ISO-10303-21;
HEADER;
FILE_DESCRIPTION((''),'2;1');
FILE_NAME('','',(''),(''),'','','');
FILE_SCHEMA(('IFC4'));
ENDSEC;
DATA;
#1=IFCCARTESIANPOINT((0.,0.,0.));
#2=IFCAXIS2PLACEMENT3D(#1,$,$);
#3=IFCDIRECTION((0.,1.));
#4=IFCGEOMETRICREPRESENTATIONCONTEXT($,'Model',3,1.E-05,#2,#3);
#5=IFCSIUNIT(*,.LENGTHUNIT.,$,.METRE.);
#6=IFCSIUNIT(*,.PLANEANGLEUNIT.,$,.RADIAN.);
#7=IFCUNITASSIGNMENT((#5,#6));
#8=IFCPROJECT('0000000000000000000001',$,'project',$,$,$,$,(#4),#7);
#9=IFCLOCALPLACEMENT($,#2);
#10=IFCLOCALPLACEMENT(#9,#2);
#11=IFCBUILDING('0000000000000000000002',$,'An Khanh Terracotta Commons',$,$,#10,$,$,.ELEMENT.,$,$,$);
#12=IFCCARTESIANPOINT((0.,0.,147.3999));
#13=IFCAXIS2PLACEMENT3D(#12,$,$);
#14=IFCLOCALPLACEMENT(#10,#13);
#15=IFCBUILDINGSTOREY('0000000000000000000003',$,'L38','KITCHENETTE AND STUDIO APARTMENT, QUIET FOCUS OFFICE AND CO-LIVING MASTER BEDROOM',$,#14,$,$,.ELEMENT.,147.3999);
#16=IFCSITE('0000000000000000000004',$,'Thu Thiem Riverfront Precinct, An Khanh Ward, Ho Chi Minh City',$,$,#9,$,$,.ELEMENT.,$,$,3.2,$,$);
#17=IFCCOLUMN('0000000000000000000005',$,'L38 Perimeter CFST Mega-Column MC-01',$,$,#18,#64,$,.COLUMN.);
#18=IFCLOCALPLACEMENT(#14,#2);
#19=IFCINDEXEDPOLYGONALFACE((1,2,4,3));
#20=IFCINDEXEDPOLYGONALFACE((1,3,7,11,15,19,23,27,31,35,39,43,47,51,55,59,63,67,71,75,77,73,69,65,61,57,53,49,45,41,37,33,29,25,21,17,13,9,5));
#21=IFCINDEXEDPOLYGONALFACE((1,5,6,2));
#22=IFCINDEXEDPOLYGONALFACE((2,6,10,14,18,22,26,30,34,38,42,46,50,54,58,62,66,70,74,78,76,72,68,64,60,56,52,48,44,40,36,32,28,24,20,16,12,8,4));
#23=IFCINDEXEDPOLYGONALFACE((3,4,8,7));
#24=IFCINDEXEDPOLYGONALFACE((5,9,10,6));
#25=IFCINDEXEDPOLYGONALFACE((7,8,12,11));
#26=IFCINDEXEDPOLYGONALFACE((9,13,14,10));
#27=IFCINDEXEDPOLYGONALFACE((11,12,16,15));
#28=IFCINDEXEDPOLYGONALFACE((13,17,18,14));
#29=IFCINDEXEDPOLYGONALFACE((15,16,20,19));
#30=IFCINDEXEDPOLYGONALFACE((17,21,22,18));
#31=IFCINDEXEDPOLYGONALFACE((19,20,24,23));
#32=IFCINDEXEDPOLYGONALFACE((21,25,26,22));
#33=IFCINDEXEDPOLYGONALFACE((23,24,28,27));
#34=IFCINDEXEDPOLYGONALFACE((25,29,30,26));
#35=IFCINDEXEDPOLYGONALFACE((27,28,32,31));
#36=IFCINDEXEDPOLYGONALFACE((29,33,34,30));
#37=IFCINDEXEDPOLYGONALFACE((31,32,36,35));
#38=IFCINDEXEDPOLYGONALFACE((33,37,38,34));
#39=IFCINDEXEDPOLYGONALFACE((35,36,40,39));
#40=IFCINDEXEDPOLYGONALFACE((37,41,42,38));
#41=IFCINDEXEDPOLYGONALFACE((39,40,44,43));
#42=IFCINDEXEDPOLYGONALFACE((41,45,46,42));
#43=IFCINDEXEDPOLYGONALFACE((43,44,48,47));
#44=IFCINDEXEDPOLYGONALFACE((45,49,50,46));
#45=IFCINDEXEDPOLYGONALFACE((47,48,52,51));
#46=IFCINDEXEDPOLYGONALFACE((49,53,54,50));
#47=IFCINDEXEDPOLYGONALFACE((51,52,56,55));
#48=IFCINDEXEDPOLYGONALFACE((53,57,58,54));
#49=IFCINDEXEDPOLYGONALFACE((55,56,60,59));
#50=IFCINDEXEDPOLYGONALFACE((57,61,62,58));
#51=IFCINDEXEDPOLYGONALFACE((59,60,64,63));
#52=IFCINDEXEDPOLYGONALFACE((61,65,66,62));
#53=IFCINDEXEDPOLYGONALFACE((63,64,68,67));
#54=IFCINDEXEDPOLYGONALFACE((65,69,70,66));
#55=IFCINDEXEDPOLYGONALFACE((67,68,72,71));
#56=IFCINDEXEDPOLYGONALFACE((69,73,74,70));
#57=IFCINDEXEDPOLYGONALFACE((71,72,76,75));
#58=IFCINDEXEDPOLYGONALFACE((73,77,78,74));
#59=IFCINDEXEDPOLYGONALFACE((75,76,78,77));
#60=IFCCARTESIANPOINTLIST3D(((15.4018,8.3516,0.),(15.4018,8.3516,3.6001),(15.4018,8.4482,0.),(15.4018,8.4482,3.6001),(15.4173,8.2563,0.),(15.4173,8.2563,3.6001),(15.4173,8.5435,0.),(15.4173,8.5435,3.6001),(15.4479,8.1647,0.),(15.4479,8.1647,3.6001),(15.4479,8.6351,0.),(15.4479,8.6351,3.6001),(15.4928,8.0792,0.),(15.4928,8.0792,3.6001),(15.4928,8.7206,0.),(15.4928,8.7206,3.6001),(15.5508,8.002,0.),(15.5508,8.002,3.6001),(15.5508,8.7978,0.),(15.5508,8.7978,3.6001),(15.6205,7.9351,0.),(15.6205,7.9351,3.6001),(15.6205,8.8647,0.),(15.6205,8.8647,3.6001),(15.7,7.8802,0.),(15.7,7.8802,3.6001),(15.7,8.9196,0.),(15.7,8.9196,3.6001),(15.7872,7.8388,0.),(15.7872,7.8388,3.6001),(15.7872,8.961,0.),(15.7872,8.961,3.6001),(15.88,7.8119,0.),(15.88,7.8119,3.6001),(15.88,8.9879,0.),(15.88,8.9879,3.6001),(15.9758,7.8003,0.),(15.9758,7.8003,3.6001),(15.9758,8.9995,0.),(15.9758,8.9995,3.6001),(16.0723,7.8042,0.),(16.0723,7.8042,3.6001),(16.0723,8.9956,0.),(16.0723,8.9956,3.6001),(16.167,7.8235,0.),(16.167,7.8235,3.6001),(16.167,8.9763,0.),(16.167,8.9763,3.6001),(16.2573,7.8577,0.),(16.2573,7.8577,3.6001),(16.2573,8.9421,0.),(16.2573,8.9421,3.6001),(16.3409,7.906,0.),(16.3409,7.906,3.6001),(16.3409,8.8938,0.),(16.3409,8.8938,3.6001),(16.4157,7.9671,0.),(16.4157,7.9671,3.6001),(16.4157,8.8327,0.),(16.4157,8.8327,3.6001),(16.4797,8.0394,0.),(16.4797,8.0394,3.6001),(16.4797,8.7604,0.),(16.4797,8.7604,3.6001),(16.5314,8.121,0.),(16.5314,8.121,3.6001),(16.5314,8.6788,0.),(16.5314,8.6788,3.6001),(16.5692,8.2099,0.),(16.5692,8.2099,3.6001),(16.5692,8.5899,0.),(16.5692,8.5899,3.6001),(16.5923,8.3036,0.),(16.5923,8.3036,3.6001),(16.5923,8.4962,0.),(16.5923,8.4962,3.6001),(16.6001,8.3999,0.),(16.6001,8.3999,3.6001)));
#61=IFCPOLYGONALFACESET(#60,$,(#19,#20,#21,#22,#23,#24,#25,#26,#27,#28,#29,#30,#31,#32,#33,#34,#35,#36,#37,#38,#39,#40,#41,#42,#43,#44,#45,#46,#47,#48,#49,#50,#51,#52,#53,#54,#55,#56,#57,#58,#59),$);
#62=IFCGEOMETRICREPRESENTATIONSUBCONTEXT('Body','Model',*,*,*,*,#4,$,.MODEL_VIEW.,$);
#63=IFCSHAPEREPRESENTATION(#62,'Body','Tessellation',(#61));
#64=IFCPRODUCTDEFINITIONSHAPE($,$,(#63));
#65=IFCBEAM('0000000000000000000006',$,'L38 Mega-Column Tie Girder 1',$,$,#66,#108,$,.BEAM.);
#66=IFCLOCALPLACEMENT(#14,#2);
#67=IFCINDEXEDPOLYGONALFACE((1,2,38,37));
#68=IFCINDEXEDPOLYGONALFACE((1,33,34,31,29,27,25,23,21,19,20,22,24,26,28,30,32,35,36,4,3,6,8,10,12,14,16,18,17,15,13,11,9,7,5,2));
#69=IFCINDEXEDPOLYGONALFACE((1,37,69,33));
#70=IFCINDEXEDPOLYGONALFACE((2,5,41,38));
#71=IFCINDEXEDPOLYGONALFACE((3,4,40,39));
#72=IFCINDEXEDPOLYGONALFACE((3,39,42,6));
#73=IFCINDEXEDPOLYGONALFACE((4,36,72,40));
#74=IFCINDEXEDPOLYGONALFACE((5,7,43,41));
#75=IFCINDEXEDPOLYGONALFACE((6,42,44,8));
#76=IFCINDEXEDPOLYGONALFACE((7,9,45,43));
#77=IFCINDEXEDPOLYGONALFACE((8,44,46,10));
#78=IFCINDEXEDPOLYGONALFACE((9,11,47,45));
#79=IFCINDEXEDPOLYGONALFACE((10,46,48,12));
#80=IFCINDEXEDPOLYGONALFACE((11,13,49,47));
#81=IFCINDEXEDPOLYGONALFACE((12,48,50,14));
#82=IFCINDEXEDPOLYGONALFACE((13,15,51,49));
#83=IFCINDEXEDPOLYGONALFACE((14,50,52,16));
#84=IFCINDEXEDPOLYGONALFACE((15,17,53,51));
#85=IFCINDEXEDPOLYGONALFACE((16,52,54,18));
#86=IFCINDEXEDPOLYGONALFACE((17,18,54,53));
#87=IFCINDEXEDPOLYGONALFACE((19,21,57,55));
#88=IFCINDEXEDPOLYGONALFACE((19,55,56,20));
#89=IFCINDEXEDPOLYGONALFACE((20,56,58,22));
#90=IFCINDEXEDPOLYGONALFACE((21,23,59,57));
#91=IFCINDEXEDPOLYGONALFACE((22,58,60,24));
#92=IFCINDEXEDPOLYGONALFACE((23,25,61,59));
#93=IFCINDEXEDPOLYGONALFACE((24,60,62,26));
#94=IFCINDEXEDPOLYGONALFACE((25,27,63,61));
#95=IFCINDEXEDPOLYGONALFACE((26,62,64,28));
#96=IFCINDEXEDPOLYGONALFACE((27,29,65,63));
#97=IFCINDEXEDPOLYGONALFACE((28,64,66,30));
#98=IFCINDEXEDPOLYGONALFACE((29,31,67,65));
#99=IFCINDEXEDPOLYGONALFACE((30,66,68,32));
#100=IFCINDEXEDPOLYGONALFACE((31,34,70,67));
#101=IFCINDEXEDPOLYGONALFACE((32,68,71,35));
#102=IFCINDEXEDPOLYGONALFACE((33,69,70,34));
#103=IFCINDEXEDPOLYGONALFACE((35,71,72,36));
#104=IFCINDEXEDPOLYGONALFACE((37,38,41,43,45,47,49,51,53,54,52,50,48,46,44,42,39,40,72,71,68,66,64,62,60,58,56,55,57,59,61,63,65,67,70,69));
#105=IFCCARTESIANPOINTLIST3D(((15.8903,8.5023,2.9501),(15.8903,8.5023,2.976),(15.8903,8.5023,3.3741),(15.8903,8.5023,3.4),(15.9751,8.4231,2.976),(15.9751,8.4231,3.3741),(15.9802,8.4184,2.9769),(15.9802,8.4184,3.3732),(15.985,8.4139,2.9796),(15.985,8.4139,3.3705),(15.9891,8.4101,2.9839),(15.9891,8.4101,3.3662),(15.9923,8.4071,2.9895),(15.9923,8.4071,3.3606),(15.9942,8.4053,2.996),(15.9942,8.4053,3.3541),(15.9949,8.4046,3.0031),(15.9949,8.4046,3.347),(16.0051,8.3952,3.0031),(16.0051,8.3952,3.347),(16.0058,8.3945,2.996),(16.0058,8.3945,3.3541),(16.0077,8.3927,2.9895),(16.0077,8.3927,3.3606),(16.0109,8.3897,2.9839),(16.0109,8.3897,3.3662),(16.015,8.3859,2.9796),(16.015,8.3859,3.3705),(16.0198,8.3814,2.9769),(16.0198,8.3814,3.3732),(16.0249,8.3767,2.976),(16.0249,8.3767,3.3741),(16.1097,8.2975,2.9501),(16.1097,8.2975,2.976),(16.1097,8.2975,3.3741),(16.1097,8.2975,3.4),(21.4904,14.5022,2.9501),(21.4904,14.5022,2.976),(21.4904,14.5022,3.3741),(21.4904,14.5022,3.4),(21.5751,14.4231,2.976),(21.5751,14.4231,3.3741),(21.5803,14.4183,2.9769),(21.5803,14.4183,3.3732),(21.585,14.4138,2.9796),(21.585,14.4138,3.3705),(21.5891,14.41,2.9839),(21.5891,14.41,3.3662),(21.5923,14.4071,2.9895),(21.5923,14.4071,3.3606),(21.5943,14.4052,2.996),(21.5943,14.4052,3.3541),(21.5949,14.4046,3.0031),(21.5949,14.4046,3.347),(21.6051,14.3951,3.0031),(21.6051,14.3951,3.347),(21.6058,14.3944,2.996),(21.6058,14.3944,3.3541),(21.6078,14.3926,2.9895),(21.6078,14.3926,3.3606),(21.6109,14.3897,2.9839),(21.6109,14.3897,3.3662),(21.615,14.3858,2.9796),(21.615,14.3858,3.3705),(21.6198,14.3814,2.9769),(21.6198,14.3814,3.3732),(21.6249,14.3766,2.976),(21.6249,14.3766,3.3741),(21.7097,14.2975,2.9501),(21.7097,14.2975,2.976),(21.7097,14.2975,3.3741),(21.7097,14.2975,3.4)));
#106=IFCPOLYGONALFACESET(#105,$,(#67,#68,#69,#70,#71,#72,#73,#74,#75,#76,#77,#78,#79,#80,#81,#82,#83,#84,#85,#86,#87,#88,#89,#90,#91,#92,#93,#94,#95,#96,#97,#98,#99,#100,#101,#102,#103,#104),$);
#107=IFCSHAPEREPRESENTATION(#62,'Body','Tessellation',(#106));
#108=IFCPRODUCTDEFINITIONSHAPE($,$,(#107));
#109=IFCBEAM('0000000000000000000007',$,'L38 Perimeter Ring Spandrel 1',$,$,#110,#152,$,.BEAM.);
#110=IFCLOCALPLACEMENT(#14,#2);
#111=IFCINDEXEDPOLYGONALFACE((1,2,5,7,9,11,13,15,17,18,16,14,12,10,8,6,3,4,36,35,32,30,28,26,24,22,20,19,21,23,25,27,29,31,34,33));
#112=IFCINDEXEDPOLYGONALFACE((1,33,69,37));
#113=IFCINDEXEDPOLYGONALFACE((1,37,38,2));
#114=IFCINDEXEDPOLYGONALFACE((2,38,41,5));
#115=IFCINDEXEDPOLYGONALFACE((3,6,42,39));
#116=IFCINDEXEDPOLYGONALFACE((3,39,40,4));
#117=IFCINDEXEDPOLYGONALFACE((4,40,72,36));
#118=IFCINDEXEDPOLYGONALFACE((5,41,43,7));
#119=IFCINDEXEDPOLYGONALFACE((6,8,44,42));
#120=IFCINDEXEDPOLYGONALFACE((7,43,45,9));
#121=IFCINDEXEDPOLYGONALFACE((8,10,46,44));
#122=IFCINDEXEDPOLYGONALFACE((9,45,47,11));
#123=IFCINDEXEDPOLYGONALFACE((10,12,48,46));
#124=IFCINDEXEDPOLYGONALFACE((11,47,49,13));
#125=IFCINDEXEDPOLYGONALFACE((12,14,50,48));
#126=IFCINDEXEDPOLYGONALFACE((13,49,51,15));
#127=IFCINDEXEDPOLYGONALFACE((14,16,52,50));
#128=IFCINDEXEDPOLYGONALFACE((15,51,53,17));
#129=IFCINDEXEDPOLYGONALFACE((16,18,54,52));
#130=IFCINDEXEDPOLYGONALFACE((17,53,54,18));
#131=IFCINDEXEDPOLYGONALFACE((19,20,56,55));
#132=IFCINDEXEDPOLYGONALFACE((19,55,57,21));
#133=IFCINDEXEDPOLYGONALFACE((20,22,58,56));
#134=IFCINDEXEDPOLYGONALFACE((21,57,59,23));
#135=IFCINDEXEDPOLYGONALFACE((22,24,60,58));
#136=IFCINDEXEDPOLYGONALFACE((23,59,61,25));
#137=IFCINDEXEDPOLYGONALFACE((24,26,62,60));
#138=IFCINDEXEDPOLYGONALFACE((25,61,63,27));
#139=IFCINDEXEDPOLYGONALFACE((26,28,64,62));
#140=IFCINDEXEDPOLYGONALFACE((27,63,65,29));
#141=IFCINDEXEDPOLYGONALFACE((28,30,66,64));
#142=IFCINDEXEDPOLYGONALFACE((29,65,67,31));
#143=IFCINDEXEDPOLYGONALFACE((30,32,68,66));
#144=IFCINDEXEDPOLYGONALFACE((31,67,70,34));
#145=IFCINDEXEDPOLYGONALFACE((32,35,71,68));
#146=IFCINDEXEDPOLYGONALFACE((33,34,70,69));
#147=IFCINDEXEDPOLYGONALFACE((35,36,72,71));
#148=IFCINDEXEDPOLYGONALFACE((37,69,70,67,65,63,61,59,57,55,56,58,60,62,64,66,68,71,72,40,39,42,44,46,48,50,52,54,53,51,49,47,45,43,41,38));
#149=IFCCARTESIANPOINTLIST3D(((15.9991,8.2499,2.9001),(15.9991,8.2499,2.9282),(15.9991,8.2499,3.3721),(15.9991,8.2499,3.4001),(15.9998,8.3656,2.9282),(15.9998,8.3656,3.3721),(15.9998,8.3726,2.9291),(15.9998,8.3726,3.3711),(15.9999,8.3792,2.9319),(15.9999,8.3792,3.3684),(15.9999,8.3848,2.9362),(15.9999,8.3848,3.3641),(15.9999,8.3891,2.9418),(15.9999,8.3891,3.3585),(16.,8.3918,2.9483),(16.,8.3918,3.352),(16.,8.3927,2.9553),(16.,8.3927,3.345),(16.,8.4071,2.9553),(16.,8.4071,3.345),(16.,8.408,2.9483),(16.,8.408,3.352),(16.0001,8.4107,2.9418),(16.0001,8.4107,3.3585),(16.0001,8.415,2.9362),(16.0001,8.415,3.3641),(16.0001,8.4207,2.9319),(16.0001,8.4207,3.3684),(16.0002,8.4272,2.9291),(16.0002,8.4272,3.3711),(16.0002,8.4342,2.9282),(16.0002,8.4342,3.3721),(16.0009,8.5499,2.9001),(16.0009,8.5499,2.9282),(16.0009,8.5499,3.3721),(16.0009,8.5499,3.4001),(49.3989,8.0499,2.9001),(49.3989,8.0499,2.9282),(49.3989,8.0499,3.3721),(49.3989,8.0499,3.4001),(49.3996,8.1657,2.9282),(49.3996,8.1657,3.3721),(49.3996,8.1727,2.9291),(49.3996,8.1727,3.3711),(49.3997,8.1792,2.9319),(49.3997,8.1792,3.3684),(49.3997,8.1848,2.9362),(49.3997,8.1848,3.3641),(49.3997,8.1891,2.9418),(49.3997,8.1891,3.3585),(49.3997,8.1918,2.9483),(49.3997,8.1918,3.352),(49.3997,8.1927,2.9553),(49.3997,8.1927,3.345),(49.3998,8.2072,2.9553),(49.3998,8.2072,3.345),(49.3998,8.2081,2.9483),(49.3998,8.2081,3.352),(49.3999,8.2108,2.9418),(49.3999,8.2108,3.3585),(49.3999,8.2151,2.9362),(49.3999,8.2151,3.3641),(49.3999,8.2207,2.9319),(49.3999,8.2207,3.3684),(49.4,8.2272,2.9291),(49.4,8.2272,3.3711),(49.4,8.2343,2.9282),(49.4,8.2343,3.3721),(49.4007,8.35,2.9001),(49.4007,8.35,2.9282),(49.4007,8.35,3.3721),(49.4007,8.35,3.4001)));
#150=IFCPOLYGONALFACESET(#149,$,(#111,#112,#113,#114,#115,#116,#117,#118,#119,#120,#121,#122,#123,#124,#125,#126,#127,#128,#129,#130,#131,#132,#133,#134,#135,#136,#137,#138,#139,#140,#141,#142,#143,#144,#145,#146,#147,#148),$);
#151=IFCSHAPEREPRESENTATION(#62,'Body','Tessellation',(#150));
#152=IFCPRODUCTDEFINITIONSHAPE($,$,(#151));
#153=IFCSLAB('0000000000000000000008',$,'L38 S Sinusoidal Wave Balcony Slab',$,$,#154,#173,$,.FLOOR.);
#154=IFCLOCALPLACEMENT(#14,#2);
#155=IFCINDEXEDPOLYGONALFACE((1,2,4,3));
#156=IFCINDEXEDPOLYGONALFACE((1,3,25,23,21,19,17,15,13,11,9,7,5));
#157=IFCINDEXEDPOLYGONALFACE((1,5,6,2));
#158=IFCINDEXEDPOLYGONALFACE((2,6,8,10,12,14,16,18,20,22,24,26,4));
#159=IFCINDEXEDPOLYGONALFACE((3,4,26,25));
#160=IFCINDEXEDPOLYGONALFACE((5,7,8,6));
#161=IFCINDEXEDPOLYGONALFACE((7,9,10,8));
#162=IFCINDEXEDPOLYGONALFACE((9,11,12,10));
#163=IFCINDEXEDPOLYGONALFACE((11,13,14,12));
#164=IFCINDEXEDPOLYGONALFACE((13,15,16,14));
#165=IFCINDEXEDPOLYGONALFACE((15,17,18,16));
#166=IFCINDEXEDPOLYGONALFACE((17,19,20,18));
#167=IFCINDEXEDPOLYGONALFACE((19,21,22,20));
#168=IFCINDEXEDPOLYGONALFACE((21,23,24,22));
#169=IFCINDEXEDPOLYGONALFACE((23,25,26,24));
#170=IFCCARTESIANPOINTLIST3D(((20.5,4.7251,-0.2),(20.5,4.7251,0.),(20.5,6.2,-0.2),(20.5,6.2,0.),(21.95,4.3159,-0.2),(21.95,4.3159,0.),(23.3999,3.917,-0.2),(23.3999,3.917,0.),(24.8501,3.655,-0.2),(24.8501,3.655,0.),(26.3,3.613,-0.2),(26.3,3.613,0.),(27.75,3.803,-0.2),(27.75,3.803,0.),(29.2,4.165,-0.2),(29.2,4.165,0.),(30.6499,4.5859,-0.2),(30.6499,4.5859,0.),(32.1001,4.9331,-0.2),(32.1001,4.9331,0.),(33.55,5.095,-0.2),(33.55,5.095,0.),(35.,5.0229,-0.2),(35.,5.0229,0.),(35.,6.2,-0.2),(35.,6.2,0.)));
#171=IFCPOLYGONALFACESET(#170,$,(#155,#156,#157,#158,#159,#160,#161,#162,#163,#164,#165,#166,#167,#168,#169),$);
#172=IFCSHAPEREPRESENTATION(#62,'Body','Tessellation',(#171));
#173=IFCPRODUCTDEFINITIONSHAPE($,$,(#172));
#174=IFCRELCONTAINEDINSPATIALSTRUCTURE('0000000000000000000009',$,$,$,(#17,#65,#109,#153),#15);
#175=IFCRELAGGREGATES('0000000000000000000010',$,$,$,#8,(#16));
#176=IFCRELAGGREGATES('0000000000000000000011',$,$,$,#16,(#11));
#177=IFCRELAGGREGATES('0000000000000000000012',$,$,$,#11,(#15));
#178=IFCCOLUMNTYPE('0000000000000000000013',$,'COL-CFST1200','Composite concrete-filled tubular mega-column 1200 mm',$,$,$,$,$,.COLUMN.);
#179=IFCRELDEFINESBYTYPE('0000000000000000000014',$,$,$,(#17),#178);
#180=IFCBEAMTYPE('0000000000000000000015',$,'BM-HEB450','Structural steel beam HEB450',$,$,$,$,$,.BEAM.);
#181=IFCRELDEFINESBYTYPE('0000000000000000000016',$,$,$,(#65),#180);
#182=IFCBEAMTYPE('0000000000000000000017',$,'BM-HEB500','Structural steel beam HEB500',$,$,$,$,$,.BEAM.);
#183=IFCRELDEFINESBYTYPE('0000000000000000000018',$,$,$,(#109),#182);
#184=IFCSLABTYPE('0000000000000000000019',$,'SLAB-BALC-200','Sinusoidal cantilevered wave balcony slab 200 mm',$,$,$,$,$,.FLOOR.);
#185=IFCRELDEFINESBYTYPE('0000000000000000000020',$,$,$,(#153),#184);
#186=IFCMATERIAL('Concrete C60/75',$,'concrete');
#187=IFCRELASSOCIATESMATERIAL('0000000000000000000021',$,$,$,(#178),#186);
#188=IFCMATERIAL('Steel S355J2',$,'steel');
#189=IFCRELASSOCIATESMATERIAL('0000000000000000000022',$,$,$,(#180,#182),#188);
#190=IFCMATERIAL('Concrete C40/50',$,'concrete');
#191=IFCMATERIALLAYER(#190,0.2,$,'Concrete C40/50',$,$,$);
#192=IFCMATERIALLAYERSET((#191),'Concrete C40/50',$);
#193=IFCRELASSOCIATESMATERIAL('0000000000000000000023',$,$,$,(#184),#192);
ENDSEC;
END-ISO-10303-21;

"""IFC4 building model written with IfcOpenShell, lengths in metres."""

from ifc_helpers import new_model, si_unit, direction, frame, origin, origin_2d, place, context, subcontext, project, spatial, polyline, circle, i_section, outline, extrude, material, layer, layer_set, material_profile, profile_set, type_object, element, save


model = new_model("IFC4")

# Units and contexts
model_context = context("Model", 3, precision=1e-05, world=origin(), true_north=direction((0.0, 1.0)))
body_context = subcontext(model_context, "Body", "Model", "MODEL_VIEW")
ifc_project = project(units=[si_unit("LENGTHUNIT", "METRE"), si_unit("PLANEANGLEUNIT", "RADIAN")], contexts=[model_context])

# Site, building, storey
site_placement = place(None, origin())
site = spatial("IfcSite", under=ifc_project, at=site_placement, Name="Thu Thiem Riverfront Precinct, An Khanh Ward, Ho Chi Minh City", CompositionType="ELEMENT", RefElevation=3.2)
building_placement = place(site_placement, origin())
building = spatial("IfcBuilding", under=site, at=building_placement, Name="An Khanh Terracotta Commons", CompositionType="ELEMENT")
storey_placement = place(building_placement, frame((0.0, 0.0, 147.3999)))
storey = spatial("IfcBuildingStorey", under=building, at=storey_placement, Name="L38", Description="KITCHENETTE AND STUDIO APARTMENT, QUIET FOCUS OFFICE AND CO-LIVING MASTER BEDROOM", CompositionType="ELEMENT", Elevation=147.3999)

# Column
ifc_material_1 = material(Name="Concrete C60/75", Category="concrete")
ifc_material_profile_1 = material_profile(ifc_material_1, circle(Radius=0.6001, at=origin_2d()), Name="CFST1200")
ifc_profile_set_1 = profile_set([ifc_material_profile_1], Name="Concrete C60/75")
column_type = type_object("IfcColumnType", Name="COL-CFST1200", Description="Composite concrete-filled tubular mega-column 1200 mm", PredefinedType="COLUMN", material=ifc_profile_set_1)
column_placement = place(storey_placement, frame((16.0, 8.3999, 0.0), z_axis=(0.0, 0.0, 1.0), x_axis=(1.0, 0.0, 0.0)))
element("IfcColumn", 1, at=column_placement, inside=storey, type_object=column_type, Name="L38 Perimeter CFST Mega-Column MC-01", PredefinedType="COLUMN", context=body_context, shape_type="SweptSolid", body=[
    extrude(circle(Radius=0.6001, at=origin_2d()), origin(), (0.0, 0.0, 1.0), 3.6001),
])

# Beams
ifc_material_2 = material(Name="Steel S355J2", Category="steel")
ifc_material_profile_2 = material_profile(ifc_material_2, i_section(OverallWidth=0.3, OverallDepth=0.45, WebThickness=0.0139, FlangeThickness=0.0259, FilletRadius=0.0271, at=origin_2d()), Name="HEB450")
ifc_profile_set_2 = profile_set([ifc_material_profile_2], Name="Steel S355J2")
beam_type_1 = type_object("IfcBeamType", Name="BM-HEB450", Description="Structural steel beam HEB450", PredefinedType="BEAM", material=ifc_profile_set_2)
beam_1_placement = place(storey_placement, frame((16.0, 8.3999, 3.175), z_axis=(0.682325, 0.731049, 0.0), x_axis=(-0.731049, 0.682325, 0.0)))
element("IfcBeam", 2, at=beam_1_placement, inside=storey, type_object=beam_type_1, Name="L38 Mega-Column Tie Girder 1", PredefinedType="BEAM", context=body_context, shape_type="SweptSolid", body=[
    extrude(i_section(OverallWidth=0.3, OverallDepth=0.45, WebThickness=0.0139, FlangeThickness=0.0259, FilletRadius=0.0271, at=origin_2d()), origin(), (0.0, 0.0, 1.0), 8.2073),
])
ifc_material_profile_3 = material_profile(ifc_material_2, i_section(OverallWidth=0.3, OverallDepth=0.5, WebThickness=0.0144, FlangeThickness=0.0281, FilletRadius=0.0271, at=origin_2d()), Name="HEB500")
ifc_profile_set_3 = profile_set([ifc_material_profile_3], Name="Steel S355J2")
beam_type_2 = type_object("IfcBeamType", Name="BM-HEB500", Description="Structural steel beam HEB500", PredefinedType="BEAM", material=ifc_profile_set_3)
beam_2_placement = place(storey_placement, frame((16.0, 8.3999, 3.1501), z_axis=(0.999982, -0.005986, 0.0), x_axis=(0.005986, 0.999982, 0.0)))
element("IfcBeam", 3, at=beam_2_placement, inside=storey, type_object=beam_type_2, Name="L38 Perimeter Ring Spandrel 1", PredefinedType="BEAM", context=body_context, shape_type="SweptSolid", body=[
    extrude(i_section(OverallWidth=0.3, OverallDepth=0.5, WebThickness=0.0144, FlangeThickness=0.0281, FilletRadius=0.0271, at=origin_2d()), origin(), (0.0, 0.0, 1.0), 33.4004),
])

# Slab
ifc_material_3 = material(Name="Concrete C40/50", Category="concrete")
ifc_layer_1 = layer(ifc_material_3, 0.2, Name="Concrete C40/50")
ifc_layer_set_1 = layer_set([ifc_layer_1], Name="Concrete C40/50")
slab_type_1 = type_object("IfcSlabType", Name="SLAB-BALC-200", Description="Sinusoidal cantilevered wave balcony slab 200 mm", PredefinedType="FLOOR", material=ifc_layer_set_1)
slab_1_placement = place(storey_placement, frame((0.0, 0.0, -0.2)))
element("IfcSlab", 4, at=slab_1_placement, inside=storey, type_object=slab_type_1, Name="L38 S Sinusoidal Wave Balcony Slab", PredefinedType="FLOOR", context=body_context, shape_type="SweptSolid", body=[
    extrude(outline(polyline([(20.5, 6.2), (20.5, 4.7251), (21.95, 4.3159), (23.3999, 3.917), (24.8501, 3.655), (26.3, 3.613), (27.75, 3.803), (29.2, 4.165), (30.6499, 4.5859), (32.1001, 4.9331), (33.55, 5.095), (35.0, 5.0229), (35.0, 6.2), (20.5, 6.2)])), origin(), (0.0, 0.0, 1.0), 0.2),
])

save(model, "model.ifc")
